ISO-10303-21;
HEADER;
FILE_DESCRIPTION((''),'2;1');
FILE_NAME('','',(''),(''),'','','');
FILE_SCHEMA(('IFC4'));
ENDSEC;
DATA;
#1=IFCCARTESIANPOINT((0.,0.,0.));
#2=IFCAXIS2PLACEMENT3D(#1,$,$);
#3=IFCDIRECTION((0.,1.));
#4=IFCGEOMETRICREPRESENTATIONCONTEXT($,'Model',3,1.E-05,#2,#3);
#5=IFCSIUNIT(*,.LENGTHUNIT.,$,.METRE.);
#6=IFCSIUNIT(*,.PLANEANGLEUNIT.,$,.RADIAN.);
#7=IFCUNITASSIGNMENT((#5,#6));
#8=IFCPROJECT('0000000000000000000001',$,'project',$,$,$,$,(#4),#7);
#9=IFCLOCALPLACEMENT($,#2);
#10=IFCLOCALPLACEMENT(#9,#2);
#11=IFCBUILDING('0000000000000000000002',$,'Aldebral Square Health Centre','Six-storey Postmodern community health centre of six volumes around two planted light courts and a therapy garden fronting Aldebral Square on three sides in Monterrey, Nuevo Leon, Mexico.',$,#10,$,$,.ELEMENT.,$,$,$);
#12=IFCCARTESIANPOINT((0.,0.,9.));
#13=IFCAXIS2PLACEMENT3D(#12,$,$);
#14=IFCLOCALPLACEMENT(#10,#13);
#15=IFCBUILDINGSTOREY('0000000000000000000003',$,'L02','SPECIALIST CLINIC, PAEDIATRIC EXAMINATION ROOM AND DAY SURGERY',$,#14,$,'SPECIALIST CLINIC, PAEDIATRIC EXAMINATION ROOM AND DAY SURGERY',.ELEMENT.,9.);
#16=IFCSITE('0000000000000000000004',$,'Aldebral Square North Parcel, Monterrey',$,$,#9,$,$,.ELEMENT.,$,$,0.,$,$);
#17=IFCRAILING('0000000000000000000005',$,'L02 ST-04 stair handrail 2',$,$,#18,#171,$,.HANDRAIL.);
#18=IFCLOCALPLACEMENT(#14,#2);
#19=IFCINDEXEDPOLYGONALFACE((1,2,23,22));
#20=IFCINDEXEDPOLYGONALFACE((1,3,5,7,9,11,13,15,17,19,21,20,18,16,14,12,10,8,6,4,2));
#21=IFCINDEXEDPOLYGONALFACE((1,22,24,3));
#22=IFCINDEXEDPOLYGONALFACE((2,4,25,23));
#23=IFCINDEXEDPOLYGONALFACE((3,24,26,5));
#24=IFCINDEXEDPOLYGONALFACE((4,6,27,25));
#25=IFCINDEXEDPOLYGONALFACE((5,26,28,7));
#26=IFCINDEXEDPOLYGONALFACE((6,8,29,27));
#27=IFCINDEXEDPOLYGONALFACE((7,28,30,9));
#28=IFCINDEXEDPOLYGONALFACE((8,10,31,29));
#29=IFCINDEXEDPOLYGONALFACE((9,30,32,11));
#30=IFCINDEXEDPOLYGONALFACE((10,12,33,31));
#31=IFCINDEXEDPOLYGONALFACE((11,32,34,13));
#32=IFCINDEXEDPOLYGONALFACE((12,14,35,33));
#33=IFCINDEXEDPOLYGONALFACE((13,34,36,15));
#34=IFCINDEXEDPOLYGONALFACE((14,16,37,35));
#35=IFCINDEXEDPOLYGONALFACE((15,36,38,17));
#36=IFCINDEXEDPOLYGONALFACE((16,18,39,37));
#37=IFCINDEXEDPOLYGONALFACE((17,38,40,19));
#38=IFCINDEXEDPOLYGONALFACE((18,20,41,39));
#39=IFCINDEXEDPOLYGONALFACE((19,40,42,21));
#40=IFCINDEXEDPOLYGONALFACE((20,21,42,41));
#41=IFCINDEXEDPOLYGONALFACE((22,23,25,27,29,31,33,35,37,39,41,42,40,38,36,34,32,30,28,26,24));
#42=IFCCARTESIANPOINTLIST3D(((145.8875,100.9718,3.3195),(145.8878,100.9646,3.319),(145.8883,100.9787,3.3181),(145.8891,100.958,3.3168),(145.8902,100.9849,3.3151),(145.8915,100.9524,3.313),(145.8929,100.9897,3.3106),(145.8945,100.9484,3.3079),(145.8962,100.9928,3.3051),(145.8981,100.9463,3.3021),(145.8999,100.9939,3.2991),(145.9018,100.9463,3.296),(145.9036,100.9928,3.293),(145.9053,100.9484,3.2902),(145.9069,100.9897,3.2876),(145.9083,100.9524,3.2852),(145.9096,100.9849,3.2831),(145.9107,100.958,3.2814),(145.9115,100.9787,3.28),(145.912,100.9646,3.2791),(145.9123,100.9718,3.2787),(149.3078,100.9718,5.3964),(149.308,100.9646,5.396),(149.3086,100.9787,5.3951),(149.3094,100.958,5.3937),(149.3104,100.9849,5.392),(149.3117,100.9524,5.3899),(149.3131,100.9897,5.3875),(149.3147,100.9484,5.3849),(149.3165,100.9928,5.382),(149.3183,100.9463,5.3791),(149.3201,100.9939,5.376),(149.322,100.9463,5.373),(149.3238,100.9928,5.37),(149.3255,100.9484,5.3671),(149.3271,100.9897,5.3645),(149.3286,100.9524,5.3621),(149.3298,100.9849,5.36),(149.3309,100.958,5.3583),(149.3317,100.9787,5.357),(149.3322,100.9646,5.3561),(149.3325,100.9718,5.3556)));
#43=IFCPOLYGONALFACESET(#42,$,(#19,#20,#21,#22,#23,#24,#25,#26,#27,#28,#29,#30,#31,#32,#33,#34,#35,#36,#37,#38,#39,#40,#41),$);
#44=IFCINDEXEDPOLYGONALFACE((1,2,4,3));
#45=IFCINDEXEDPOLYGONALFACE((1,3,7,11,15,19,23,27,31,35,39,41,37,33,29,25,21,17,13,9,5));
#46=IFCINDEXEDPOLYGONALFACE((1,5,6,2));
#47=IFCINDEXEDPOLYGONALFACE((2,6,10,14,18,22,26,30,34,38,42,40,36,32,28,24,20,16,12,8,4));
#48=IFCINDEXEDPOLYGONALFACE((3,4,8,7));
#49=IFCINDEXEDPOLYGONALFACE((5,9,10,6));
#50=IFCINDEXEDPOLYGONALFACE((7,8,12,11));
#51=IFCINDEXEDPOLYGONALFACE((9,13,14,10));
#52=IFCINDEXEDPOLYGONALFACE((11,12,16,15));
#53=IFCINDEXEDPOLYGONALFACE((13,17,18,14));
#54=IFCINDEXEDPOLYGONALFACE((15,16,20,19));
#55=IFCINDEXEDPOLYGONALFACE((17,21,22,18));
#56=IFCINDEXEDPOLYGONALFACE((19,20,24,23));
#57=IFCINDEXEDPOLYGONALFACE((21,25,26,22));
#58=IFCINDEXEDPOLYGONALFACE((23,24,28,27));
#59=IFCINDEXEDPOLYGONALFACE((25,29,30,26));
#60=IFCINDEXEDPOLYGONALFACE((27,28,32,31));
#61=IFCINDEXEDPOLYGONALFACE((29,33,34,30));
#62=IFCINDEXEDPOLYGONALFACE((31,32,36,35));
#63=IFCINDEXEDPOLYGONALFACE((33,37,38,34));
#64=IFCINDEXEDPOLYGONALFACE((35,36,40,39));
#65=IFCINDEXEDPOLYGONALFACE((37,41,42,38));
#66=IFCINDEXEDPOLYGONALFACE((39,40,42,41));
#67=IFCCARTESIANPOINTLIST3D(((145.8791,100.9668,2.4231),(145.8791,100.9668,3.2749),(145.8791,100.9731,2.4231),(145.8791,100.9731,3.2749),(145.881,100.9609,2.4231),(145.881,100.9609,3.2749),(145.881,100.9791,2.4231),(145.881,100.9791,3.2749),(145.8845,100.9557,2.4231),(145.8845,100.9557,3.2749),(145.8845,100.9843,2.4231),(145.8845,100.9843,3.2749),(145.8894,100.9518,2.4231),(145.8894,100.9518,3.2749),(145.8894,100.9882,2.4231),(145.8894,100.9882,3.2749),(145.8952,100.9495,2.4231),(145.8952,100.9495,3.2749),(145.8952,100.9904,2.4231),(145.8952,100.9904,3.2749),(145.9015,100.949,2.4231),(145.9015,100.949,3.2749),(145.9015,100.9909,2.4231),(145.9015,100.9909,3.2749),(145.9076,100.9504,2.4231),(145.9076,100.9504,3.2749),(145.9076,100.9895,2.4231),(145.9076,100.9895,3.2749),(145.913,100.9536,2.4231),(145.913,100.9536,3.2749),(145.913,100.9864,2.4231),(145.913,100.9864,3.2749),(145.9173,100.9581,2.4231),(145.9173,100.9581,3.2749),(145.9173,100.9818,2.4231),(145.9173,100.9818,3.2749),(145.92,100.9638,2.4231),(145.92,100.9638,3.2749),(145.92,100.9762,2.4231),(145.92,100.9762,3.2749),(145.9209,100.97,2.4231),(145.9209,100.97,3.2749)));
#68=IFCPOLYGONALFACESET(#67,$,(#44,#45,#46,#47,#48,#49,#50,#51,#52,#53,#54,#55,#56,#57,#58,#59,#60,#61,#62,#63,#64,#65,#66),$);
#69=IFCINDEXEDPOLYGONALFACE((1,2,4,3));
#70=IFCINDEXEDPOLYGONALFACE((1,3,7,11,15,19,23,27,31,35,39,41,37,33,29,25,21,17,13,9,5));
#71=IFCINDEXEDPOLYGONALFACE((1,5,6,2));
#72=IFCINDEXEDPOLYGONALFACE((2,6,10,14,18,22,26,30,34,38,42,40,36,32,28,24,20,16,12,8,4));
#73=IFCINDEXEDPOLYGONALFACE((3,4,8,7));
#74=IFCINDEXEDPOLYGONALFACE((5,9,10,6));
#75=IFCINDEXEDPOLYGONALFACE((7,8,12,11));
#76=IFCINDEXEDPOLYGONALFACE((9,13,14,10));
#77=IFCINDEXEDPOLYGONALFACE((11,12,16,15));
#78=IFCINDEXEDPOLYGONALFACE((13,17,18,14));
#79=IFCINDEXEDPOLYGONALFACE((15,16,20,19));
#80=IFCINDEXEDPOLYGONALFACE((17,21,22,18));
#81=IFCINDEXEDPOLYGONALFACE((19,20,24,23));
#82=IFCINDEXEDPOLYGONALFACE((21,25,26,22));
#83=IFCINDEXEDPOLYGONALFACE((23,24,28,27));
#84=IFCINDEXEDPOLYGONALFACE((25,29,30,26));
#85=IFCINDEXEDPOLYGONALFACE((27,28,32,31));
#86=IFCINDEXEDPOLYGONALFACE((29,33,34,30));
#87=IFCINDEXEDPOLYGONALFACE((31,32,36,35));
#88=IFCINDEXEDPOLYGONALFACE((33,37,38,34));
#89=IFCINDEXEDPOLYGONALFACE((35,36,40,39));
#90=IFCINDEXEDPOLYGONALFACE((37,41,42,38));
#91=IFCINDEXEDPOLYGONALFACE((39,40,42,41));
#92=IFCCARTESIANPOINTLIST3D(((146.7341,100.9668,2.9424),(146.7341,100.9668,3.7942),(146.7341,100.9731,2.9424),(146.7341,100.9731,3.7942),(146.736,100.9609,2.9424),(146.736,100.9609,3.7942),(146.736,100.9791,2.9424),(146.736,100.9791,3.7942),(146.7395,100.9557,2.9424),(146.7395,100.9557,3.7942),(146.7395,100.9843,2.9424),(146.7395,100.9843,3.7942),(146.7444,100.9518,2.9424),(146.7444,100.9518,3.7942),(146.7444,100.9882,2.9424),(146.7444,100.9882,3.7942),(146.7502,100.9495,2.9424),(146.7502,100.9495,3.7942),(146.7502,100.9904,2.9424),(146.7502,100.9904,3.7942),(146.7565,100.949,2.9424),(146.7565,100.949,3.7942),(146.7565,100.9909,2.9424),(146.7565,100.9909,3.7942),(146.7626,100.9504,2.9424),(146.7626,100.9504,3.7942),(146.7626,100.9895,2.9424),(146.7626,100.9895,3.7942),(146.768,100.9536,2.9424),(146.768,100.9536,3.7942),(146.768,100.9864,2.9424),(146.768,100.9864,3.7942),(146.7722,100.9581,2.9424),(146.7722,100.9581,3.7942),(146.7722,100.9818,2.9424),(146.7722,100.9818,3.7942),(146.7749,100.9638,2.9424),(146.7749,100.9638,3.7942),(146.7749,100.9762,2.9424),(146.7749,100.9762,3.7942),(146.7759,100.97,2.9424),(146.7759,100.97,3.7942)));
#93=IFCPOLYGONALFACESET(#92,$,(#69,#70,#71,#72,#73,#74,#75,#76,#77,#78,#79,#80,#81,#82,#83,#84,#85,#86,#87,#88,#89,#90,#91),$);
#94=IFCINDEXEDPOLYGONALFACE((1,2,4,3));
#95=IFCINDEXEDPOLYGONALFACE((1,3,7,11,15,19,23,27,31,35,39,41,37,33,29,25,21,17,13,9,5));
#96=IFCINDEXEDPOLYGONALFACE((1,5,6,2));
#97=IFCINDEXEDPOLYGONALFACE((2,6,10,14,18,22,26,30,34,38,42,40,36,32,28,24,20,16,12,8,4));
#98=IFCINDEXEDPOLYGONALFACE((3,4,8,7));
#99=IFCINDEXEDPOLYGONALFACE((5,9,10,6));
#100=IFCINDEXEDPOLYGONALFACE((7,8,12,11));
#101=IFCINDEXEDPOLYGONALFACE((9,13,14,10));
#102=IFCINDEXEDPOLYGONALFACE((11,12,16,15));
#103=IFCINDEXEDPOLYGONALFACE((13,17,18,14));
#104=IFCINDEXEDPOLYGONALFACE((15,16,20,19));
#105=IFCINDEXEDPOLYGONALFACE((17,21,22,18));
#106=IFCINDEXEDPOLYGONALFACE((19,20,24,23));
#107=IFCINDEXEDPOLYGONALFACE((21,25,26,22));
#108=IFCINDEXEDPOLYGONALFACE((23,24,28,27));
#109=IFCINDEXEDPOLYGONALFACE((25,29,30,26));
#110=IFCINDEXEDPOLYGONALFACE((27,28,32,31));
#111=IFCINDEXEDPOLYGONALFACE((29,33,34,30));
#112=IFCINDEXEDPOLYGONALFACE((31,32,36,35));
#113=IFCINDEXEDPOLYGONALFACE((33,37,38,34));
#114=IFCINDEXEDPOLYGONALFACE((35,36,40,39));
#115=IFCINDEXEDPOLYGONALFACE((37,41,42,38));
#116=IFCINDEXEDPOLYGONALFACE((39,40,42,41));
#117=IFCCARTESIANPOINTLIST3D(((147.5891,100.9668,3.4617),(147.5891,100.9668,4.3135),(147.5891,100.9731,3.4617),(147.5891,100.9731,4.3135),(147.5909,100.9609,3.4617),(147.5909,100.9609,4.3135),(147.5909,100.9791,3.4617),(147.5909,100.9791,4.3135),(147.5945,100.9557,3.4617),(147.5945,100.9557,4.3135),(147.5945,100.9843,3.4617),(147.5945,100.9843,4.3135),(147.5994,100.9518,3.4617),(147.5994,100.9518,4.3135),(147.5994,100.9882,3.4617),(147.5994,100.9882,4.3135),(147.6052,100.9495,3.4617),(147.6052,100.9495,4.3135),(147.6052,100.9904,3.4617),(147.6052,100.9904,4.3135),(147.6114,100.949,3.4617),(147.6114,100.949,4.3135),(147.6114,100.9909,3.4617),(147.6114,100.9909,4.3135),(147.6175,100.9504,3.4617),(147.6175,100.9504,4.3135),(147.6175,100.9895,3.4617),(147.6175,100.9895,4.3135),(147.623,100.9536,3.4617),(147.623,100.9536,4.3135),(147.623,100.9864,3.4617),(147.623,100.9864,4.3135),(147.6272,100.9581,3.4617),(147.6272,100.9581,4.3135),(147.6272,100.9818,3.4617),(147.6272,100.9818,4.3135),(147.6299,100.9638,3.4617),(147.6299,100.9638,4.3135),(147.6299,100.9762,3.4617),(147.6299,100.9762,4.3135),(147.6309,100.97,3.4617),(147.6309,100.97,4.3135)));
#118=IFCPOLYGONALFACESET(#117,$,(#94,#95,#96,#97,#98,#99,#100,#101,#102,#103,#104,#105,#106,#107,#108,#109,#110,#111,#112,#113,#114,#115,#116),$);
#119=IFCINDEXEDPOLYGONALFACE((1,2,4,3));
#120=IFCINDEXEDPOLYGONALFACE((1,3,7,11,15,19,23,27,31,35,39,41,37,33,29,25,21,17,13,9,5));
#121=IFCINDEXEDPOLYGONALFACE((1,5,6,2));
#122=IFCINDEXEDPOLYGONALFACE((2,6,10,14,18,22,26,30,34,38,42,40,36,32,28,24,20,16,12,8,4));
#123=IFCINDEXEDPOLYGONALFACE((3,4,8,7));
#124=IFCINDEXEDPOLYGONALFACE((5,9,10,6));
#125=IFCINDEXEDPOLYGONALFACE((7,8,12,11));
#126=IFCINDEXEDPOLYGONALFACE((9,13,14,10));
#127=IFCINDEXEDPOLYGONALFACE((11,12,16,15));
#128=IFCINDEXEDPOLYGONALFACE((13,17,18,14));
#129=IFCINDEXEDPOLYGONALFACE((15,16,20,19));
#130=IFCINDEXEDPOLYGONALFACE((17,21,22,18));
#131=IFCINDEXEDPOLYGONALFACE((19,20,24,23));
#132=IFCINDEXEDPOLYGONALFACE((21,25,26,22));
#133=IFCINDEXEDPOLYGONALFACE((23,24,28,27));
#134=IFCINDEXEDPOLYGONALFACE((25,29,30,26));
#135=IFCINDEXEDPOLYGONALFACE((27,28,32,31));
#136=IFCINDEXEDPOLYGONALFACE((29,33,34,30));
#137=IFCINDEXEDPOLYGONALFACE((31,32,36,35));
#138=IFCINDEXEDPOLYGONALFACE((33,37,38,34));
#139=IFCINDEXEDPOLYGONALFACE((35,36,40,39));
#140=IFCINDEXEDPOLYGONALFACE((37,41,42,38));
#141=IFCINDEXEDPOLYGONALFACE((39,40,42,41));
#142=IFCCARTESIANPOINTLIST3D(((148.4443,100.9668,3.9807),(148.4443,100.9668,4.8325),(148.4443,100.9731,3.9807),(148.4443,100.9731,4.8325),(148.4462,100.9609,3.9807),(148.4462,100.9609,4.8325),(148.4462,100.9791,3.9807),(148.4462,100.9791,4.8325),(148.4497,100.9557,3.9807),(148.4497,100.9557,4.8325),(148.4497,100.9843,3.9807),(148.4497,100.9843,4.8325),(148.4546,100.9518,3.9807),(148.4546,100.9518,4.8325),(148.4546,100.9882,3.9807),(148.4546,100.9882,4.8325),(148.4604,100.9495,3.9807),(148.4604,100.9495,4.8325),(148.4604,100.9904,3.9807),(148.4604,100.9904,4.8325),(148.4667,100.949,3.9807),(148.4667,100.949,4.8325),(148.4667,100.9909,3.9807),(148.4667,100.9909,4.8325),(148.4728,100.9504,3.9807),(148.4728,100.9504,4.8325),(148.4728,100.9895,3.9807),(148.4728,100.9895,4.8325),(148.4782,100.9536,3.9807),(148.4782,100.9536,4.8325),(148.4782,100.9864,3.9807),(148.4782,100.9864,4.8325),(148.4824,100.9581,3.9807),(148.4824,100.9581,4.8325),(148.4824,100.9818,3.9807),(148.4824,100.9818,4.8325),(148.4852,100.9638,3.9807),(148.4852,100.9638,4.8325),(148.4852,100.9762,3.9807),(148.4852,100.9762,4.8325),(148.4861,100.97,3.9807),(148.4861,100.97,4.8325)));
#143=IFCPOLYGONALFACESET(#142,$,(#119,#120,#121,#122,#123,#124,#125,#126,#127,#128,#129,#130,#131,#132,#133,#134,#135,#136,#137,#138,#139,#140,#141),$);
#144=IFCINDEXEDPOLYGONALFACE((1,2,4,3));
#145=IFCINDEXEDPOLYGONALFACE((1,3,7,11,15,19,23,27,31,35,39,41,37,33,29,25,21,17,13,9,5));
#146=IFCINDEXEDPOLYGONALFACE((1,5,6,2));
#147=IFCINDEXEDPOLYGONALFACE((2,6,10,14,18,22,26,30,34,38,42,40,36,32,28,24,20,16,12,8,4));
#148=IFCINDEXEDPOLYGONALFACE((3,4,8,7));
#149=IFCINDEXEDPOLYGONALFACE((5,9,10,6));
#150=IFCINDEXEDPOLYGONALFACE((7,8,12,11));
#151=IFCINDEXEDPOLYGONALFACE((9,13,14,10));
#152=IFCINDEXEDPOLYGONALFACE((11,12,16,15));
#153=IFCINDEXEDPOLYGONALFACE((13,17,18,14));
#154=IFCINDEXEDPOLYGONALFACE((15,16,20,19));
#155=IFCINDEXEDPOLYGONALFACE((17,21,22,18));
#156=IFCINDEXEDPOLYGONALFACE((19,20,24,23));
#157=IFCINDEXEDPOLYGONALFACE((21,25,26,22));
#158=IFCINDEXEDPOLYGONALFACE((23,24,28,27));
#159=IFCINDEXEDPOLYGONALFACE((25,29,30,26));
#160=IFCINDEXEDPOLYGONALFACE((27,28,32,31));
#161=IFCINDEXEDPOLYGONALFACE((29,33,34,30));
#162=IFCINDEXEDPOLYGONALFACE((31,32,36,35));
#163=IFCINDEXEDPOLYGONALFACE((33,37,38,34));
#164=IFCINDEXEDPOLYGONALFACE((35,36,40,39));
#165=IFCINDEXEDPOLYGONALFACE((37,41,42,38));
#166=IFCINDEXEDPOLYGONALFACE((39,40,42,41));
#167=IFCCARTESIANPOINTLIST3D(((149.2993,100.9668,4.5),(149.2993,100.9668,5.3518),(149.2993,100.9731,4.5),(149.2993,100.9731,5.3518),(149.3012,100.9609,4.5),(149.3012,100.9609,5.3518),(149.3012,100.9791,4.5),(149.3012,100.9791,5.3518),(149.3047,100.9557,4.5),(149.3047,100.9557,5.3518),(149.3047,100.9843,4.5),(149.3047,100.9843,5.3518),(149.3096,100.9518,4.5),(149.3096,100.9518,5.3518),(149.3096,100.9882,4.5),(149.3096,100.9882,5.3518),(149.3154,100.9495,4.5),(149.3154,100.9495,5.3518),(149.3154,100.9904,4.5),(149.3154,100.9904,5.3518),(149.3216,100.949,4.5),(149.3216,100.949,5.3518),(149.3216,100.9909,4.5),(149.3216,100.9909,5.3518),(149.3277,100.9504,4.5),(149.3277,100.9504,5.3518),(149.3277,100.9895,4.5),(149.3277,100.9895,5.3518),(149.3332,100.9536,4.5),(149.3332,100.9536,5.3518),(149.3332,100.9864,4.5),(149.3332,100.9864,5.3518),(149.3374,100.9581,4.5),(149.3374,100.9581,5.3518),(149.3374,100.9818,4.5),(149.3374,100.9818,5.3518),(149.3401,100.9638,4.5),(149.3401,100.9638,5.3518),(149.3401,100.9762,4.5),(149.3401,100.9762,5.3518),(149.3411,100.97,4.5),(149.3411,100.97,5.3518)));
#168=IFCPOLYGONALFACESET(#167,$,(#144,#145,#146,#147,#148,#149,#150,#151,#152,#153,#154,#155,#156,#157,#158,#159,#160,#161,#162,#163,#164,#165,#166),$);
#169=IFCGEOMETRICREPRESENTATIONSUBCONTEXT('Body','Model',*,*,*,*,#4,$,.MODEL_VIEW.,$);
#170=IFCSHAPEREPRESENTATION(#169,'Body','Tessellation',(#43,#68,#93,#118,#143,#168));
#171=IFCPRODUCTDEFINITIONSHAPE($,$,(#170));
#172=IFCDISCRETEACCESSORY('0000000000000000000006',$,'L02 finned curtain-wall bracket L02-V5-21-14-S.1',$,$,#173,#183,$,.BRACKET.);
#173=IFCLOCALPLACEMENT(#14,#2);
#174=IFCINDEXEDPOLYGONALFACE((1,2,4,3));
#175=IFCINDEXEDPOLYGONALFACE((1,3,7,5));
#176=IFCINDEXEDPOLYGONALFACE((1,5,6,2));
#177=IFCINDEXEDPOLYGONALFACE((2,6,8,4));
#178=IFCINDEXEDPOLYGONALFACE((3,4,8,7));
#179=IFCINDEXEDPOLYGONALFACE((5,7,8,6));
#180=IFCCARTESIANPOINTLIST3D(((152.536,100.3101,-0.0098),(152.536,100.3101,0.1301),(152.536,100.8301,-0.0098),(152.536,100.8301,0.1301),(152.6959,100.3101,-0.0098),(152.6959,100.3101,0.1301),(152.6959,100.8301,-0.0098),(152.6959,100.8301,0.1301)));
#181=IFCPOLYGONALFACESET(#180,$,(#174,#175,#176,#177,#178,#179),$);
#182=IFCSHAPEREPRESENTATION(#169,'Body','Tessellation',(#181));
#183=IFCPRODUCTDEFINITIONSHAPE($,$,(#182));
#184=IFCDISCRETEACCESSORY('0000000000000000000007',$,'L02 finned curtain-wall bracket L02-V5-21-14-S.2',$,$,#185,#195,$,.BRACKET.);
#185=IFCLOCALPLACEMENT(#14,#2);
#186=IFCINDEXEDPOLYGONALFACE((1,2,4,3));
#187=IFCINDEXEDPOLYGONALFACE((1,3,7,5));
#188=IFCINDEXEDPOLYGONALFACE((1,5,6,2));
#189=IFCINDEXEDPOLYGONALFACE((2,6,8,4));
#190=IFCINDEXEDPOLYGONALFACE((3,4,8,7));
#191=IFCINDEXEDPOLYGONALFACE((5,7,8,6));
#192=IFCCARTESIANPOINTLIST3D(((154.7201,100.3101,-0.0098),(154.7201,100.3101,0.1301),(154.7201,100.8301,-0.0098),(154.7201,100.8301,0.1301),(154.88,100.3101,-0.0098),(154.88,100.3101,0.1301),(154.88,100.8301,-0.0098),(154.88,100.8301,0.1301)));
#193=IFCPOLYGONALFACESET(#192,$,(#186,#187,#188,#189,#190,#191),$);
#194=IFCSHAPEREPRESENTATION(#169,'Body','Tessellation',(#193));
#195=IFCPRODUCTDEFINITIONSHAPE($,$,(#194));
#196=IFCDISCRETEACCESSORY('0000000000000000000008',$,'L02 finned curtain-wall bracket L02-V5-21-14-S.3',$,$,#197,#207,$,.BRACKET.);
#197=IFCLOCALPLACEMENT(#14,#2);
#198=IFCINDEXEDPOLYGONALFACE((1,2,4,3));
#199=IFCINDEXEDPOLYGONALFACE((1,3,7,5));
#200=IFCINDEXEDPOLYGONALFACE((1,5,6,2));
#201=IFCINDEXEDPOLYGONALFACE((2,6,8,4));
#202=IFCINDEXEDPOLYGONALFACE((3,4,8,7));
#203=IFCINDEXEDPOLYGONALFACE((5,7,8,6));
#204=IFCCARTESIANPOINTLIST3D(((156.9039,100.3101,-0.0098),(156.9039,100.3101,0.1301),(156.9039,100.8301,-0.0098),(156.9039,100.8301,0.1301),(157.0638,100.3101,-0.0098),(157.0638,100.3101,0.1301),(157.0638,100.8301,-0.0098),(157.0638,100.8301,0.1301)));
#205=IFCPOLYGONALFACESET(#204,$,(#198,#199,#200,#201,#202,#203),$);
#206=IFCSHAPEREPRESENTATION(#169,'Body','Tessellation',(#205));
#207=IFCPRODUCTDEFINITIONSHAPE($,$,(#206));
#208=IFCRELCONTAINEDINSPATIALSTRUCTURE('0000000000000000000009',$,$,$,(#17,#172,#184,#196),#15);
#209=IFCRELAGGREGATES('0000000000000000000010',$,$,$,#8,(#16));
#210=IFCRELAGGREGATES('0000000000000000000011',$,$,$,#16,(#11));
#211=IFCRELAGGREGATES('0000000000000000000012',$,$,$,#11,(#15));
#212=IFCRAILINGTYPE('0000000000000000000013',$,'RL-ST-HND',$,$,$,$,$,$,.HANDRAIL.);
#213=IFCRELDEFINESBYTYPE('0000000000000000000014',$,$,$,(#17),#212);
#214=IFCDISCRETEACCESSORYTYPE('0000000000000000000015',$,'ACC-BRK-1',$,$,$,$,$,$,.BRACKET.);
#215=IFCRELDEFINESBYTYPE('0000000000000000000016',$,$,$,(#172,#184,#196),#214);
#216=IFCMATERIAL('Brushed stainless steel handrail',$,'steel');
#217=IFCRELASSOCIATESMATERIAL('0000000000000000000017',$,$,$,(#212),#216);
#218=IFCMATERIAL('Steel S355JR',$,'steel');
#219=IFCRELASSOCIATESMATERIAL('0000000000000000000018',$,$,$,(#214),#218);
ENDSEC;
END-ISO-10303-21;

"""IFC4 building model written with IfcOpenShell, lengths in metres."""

from ifc_helpers import new_model, si_unit, direction, frame, origin, origin_2d, place, context, subcontext, project, spatial, rectangle, circle, extrude, material, type_object, element, save


model = new_model("IFC4")

# Units and contexts
model_context = context("Model", 3, precision=1e-05, world=origin(), true_north=direction((0.0, 1.0)))
body_context = subcontext(model_context, "Body", "Model", "MODEL_VIEW")
ifc_project = project(units=[si_unit("LENGTHUNIT", "METRE"), si_unit("PLANEANGLEUNIT", "RADIAN")], contexts=[model_context])

# Site, building, storey
site_placement = place(None, origin())
site = spatial("IfcSite", under=ifc_project, at=site_placement, Name="Aldebral Square North Parcel, Monterrey", CompositionType="ELEMENT", RefElevation=0.0)
building_placement = place(site_placement, origin())
building = spatial("IfcBuilding", under=site, at=building_placement, Name="Aldebral Square Health Centre", Description="Six-storey Postmodern community health centre of six volumes around two planted light courts and a therapy garden fronting Aldebral Square on three sides in Monterrey, Nuevo Leon, Mexico.", CompositionType="ELEMENT")
storey_placement = place(building_placement, frame((0.0, 0.0, 9.0)))
storey = spatial("IfcBuildingStorey", under=building, at=storey_placement, Name="L02", Description="SPECIALIST CLINIC, PAEDIATRIC EXAMINATION ROOM AND DAY SURGERY", LongName="SPECIALIST CLINIC, PAEDIATRIC EXAMINATION ROOM AND DAY SURGERY", CompositionType="ELEMENT", Elevation=9.0)

# Railing
ifc_material_1 = material(Name="Brushed stainless steel handrail", Category="steel")
railing_type_1 = type_object("IfcRailingType", Name="RL-ST-HND", PredefinedType="HANDRAIL", material=ifc_material_1)
railing_1_placement = place(storey_placement, frame((145.8999, 100.97, 2.4231)))
element("IfcRailing", 1, at=railing_1_placement, inside=storey, type_object=railing_type_1, Name="L02 ST-04 stair handrail 2", PredefinedType="HANDRAIL", context=body_context, shape_type="SweptSolid", body=[
    extrude(circle(Radius=0.0239, at=origin_2d()), frame((0.0, 0.0, 0.876), z_axis=(0.854746, 0.0, 0.519047), x_axis=(0.0, 1.0, 0.0)), (0.0, 0.0, 1.0), 4.0015),
    extrude(circle(Radius=0.021, at=origin_2d()), origin(), (0.0, 0.0, 1.0), 0.8518),
    extrude(circle(Radius=0.021, at=origin_2d()), frame((0.855, 0.0, 0.5193)), (0.0, 0.0, 1.0), 0.8518),
    extrude(circle(Radius=0.021, at=origin_2d()), frame((1.71, 0.0, 1.0386)), (0.0, 0.0, 1.0), 0.8518),
    extrude(circle(Radius=0.021, at=origin_2d()), frame((2.5652, 0.0, 1.5576)), (0.0, 0.0, 1.0), 0.8518),
    extrude(circle(Radius=0.021, at=origin_2d()), frame((3.4202, 0.0, 2.0769)), (0.0, 0.0, 1.0), 0.8518),
])

# Discrete accessories
ifc_material_2 = material(Name="Steel S355JR", Category="steel")
discrete_accessory_type = type_object("IfcDiscreteAccessoryType", Name="ACC-BRK-1", PredefinedType="BRACKET", material=ifc_material_2)
for number, where, z_axis, x_axis, name in (
    (2, (152.616, 100.5701, -0.0098), (0.0, 0.0, 1.0), (1.0, 0.0, 0.0), "L02 finned curtain-wall bracket L02-V5-21-14-S.1"),
    (3, (154.8, 100.5701, -0.0098), (0.0, 0.0, 1.0), (1.0, 0.0, 0.0), "L02 finned curtain-wall bracket L02-V5-21-14-S.2"),
    (4, (156.9839, 100.5701, -0.0098), (0.0, 0.0, 1.0), (1.0, 0.0, 0.0), "L02 finned curtain-wall bracket L02-V5-21-14-S.3"),
):
    element("IfcDiscreteAccessory", number, at=place(storey_placement, frame(where, z_axis=z_axis, x_axis=x_axis)), inside=storey, type_object=discrete_accessory_type, Name=name, PredefinedType="BRACKET", context=body_context, shape_type="SweptSolid", body=[
        extrude(rectangle(XDim=0.1599, YDim=0.52, at=origin_2d()), origin(), (0.0, 0.0, 1.0), 0.1399),
    ])

save(model, "model.ifc")
